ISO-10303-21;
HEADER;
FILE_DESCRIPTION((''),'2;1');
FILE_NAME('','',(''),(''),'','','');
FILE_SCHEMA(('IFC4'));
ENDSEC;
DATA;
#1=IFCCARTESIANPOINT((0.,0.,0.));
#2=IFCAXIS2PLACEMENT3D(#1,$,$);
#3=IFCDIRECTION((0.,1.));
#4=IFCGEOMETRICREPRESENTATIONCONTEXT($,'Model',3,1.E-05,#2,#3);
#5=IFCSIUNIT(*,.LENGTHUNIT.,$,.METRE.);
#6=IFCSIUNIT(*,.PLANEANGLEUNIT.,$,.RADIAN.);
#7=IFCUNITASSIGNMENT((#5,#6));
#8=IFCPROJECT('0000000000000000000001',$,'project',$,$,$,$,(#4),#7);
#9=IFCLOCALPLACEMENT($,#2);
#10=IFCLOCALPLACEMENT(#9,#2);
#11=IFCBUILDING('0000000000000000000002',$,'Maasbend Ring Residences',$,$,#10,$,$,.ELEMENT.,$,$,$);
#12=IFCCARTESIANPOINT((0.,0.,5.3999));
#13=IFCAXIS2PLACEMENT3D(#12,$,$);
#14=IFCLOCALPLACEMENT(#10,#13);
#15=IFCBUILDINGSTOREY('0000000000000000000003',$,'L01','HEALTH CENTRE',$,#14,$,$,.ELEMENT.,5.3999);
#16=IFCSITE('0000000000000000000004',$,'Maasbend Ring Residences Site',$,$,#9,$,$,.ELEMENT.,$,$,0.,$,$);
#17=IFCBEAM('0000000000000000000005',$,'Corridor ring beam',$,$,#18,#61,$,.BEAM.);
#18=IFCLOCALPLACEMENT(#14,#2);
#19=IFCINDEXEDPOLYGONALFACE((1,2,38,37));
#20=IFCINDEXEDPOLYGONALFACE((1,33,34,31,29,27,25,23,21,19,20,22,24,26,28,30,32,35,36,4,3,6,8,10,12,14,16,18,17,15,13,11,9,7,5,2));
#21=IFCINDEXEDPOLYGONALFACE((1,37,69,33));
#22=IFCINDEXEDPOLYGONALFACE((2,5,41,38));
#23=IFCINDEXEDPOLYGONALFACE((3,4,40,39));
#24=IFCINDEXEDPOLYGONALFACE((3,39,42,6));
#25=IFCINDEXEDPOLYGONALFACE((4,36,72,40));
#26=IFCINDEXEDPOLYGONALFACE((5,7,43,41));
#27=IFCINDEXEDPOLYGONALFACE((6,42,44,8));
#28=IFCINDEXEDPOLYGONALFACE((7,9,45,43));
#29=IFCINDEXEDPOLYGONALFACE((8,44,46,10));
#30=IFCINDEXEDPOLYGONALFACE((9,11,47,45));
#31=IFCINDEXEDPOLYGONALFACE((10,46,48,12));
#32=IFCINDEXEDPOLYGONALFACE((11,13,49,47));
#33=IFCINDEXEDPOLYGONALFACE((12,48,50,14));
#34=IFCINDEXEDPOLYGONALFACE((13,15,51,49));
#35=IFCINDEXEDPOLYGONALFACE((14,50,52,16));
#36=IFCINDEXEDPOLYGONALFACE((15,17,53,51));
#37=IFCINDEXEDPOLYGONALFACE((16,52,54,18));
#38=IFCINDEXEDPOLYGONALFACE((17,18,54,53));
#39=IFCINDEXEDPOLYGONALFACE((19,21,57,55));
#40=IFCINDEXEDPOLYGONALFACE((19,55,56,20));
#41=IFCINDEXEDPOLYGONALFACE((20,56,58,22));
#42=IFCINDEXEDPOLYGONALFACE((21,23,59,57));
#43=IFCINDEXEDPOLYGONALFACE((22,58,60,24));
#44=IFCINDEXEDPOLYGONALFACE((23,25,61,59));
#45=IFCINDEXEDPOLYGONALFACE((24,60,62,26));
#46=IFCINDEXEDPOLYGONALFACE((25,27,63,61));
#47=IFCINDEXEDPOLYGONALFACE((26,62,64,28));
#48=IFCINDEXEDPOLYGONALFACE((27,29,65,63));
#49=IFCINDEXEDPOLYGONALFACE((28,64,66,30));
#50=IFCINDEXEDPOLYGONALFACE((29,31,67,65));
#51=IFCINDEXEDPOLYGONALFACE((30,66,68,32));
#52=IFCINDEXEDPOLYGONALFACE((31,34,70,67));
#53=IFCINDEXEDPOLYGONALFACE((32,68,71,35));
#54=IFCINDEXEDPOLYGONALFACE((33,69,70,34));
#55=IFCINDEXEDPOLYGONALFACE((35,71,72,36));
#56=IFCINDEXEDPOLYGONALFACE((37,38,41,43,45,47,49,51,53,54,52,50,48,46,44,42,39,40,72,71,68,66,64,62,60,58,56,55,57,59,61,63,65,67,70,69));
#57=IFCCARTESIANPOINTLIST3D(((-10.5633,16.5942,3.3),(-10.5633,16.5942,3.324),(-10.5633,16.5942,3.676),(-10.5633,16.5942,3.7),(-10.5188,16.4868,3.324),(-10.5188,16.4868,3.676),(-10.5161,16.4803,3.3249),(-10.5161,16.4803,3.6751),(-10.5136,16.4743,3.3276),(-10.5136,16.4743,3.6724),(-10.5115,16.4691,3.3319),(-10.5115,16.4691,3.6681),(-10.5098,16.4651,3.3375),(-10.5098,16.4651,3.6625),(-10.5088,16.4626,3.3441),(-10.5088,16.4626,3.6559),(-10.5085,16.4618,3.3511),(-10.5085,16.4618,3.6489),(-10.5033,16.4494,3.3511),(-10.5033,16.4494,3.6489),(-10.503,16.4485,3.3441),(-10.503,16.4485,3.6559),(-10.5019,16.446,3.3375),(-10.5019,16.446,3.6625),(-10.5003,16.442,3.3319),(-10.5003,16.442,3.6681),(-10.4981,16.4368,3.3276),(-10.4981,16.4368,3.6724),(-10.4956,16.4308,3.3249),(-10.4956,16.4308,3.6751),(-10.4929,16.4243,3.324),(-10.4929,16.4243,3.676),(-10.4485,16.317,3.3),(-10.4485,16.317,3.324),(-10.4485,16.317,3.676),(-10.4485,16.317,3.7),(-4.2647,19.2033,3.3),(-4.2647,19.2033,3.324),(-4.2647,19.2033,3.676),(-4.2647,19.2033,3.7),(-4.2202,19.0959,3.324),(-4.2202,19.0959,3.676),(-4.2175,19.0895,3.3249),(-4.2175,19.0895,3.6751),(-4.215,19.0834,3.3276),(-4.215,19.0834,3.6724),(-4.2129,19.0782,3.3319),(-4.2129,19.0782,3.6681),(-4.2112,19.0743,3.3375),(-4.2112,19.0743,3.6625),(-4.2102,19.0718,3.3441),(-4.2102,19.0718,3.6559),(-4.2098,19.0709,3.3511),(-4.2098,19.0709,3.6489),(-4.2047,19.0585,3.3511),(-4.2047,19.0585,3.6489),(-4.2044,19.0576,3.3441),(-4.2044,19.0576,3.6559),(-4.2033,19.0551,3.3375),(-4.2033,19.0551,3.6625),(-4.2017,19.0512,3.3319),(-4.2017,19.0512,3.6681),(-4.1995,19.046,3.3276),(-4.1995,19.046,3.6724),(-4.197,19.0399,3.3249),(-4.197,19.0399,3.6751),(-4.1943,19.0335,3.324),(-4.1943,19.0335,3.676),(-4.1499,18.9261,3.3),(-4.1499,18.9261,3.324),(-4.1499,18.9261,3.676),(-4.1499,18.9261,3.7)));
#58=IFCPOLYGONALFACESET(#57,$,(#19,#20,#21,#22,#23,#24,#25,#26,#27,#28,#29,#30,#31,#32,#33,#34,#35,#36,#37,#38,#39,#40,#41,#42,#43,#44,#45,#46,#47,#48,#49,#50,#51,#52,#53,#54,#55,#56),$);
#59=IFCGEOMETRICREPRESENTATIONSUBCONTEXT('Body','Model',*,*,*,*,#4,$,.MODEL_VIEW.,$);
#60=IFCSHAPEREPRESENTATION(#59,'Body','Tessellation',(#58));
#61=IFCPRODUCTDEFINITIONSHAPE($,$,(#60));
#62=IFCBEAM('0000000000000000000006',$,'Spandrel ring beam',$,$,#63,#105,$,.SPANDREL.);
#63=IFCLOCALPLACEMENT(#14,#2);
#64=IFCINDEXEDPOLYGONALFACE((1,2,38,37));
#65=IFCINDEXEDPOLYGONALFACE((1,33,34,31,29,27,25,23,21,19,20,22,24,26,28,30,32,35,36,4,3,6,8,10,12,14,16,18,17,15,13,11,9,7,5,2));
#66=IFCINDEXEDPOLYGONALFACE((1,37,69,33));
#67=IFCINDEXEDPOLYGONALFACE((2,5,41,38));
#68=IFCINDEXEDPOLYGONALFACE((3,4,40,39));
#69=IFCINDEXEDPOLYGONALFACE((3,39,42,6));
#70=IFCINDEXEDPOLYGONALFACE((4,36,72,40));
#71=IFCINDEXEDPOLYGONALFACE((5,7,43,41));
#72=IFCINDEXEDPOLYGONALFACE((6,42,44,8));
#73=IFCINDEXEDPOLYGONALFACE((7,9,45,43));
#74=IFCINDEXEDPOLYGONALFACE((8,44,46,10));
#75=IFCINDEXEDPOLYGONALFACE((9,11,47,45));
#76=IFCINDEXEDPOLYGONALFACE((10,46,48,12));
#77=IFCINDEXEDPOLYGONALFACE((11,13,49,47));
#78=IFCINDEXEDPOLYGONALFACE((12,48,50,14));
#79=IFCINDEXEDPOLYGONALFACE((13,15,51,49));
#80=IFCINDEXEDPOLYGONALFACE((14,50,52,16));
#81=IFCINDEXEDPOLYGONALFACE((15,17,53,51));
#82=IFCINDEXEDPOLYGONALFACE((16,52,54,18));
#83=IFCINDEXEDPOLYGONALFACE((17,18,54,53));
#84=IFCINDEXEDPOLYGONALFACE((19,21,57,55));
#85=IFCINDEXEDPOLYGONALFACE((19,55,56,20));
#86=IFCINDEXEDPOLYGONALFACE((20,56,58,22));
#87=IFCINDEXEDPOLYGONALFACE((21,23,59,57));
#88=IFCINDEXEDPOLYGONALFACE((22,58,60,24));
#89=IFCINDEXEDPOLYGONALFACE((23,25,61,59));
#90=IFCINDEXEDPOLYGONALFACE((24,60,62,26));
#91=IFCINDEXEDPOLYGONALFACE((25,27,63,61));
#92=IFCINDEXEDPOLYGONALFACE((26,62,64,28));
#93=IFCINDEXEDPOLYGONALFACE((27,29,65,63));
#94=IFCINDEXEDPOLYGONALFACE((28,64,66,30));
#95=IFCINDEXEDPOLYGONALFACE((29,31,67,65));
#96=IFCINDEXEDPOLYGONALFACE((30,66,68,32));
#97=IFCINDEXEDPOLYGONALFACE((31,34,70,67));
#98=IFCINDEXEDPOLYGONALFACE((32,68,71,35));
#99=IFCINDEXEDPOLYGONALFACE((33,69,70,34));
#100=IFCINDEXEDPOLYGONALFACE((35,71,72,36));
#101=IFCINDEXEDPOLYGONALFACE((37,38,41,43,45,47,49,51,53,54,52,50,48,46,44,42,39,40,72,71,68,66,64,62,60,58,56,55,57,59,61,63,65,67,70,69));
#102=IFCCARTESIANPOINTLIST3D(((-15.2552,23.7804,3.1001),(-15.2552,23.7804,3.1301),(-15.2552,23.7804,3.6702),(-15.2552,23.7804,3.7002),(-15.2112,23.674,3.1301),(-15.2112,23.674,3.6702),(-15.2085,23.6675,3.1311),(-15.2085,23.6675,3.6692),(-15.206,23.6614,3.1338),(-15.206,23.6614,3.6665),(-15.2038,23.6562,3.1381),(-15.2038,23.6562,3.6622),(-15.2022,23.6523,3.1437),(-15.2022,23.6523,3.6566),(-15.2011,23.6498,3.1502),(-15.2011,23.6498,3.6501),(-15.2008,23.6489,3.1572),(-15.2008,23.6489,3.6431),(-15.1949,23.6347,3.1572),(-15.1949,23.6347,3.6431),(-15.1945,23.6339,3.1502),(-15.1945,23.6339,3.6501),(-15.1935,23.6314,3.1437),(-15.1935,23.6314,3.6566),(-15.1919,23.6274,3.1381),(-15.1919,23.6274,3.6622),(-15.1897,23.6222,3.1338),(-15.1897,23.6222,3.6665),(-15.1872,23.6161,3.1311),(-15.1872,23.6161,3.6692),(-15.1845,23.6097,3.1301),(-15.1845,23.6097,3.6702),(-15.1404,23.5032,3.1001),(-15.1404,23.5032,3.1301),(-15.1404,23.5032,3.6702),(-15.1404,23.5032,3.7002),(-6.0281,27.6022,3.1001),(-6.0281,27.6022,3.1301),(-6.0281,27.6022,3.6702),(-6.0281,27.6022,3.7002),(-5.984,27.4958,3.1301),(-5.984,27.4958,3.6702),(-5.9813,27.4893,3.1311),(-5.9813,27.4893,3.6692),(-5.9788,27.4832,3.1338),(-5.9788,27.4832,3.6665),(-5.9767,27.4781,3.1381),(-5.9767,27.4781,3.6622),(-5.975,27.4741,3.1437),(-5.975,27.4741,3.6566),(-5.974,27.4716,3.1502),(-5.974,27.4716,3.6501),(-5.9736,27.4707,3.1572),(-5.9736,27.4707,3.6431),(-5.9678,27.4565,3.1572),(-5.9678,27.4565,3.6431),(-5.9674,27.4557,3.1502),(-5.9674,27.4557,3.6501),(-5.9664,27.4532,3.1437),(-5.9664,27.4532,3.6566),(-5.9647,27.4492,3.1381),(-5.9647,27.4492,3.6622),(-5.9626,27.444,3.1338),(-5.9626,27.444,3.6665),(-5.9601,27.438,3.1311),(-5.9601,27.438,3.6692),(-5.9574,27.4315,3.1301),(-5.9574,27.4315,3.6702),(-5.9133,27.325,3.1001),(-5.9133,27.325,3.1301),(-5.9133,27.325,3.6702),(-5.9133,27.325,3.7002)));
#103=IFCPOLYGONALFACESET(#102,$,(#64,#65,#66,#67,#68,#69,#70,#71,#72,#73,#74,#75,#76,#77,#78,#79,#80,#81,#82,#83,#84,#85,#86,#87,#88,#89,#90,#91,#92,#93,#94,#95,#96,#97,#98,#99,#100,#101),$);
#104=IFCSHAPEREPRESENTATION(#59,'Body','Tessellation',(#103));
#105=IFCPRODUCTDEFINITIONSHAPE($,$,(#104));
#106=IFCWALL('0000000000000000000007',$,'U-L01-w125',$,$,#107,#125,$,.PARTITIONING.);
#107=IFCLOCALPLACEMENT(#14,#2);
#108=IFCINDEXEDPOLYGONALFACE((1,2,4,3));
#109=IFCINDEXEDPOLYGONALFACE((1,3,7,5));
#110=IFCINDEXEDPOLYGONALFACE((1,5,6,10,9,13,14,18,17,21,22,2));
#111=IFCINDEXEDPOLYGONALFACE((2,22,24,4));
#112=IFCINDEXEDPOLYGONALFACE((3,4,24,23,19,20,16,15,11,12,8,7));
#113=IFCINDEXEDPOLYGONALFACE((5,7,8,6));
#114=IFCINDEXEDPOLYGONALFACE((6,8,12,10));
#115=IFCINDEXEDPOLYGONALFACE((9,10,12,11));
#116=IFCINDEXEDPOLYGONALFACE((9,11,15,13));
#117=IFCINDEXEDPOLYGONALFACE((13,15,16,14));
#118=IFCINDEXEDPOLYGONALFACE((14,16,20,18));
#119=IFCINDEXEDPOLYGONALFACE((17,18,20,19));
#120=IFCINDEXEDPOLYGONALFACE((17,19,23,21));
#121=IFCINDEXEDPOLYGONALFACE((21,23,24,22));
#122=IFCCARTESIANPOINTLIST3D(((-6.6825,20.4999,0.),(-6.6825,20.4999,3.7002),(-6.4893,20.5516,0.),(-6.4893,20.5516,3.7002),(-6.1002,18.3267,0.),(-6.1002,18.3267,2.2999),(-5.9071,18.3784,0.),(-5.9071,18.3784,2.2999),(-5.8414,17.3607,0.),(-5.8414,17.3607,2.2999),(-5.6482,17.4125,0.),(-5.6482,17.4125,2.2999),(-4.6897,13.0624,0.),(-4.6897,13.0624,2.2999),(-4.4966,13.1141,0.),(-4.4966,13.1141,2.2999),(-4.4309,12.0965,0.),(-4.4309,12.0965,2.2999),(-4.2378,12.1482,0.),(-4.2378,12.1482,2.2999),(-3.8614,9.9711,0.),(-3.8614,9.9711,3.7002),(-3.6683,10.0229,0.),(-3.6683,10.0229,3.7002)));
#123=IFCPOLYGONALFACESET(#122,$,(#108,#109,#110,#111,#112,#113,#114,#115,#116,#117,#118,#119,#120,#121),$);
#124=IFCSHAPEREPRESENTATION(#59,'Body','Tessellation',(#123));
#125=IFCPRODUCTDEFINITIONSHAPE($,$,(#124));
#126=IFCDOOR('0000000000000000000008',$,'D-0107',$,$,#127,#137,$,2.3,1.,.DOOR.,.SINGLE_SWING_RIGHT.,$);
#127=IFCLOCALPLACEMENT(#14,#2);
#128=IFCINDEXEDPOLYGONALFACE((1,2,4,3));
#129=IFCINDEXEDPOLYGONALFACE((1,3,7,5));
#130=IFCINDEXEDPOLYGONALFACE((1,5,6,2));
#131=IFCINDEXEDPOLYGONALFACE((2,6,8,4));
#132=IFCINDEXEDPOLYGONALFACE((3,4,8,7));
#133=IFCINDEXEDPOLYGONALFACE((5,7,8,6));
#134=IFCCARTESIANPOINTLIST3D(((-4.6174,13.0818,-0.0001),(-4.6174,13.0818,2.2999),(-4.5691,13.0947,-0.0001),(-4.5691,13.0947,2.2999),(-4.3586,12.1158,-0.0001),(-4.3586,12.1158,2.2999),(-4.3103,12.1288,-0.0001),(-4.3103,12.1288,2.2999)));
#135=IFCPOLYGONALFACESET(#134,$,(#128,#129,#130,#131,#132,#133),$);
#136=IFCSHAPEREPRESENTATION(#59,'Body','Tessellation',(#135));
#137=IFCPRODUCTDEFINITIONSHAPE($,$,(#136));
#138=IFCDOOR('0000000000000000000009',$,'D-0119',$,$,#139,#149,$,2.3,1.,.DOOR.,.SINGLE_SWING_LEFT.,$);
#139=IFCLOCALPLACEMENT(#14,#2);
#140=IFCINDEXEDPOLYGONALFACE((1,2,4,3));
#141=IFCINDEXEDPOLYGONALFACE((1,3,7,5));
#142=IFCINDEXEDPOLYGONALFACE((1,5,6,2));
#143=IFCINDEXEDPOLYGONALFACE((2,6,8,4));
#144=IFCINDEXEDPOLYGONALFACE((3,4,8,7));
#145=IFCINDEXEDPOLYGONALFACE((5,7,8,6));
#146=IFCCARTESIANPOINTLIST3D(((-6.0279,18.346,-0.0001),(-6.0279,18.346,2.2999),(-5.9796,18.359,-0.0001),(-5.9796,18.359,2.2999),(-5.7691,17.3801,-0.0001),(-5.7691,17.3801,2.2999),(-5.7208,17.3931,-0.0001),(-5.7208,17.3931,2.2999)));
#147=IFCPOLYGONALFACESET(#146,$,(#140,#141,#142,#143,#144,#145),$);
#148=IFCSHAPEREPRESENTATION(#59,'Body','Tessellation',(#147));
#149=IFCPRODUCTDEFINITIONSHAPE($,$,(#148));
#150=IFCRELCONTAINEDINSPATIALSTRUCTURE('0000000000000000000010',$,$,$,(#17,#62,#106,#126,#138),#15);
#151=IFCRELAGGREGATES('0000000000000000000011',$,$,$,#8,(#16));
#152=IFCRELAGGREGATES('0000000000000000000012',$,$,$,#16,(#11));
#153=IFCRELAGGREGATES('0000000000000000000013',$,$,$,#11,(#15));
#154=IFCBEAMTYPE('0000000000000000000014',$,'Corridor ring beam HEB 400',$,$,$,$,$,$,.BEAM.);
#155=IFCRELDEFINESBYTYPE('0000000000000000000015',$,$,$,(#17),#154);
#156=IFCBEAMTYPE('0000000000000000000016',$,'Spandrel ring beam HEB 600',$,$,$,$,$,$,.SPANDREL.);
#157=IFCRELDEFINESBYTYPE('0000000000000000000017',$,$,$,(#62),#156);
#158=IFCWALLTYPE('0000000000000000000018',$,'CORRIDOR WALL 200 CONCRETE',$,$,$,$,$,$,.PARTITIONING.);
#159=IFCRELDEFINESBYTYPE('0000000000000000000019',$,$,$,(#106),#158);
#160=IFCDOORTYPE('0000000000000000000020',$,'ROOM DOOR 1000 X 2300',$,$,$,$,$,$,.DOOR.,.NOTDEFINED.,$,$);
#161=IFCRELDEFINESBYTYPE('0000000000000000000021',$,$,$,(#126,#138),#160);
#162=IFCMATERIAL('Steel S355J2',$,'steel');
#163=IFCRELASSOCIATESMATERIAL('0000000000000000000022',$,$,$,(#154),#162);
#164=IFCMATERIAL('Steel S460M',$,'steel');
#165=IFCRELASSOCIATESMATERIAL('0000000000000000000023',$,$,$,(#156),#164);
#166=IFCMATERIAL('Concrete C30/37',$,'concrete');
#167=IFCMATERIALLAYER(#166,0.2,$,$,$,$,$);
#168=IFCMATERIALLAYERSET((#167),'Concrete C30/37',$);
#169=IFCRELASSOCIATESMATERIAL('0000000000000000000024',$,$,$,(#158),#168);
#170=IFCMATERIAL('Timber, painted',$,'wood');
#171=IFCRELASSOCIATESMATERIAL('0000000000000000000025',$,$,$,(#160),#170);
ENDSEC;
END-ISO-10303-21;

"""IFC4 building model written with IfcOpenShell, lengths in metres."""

from ifc_helpers import new_model, si_unit, direction, frame, frame_2d, origin, origin_2d, place, context, subcontext, project, spatial, rectangle, i_section, extrude, material, layer, layer_set, material_profile, profile_set, type_object, element, fill, save


model = new_model("IFC4")

# Units and contexts
model_context = context("Model", 3, precision=1e-05, world=origin(), true_north=direction((0.0, 1.0)))
body_context = subcontext(model_context, "Body", "Model", "MODEL_VIEW")
ifc_project = project(units=[si_unit("LENGTHUNIT", "METRE"), si_unit("PLANEANGLEUNIT", "RADIAN")], contexts=[model_context])

# Site, building, storey
site_placement = place(None, origin())
site = spatial("IfcSite", under=ifc_project, at=site_placement, Name="Maasbend Ring Residences Site", CompositionType="ELEMENT", RefElevation=0.0)
building_placement = place(site_placement, origin())
building = spatial("IfcBuilding", under=site, at=building_placement, Name="Maasbend Ring Residences", CompositionType="ELEMENT")
storey_placement = place(building_placement, frame((0.0, 0.0, 5.3999)))
storey = spatial("IfcBuildingStorey", under=building, at=storey_placement, Name="L01", Description="HEALTH CENTRE", CompositionType="ELEMENT", Elevation=5.3999)

# Beams
ifc_material_1 = material(Name="Steel S355J2", Category="steel")
ifc_material_profile_1 = material_profile(ifc_material_1, i_section(OverallWidth=0.3, OverallDepth=0.3999, WebThickness=0.0134, FlangeThickness=0.0239, FilletRadius=0.0271, at=origin_2d()), Name="HEB 400")
ifc_profile_set_1 = profile_set([ifc_material_profile_1], Name="Steel S355J2")
beam_type_1 = type_object("IfcBeamType", Name="Corridor ring beam HEB 400", PredefinedType="BEAM", material=ifc_profile_set_1)
beam_1_placement = place(storey_placement, frame((-4.2073, 19.0647, 3.5), z_axis=(-0.923871, -0.382705, 0.0), x_axis=(0.382705, -0.923871, 0.0)))
element("IfcBeam", 1, at=beam_1_placement, inside=storey, type_object=beam_type_1, Name="Corridor ring beam", PredefinedType="BEAM", context=body_context, shape_type="SweptSolid", body=[
    extrude(i_section(OverallWidth=0.3, OverallDepth=0.3999, WebThickness=0.0134, FlangeThickness=0.0239, FilletRadius=0.0271, at=origin_2d()), origin(), (0.0, 0.0, 1.0), 6.8176),
])
ifc_material_2 = material(Name="Steel S460M", Category="steel")
ifc_material_profile_2 = material_profile(ifc_material_2, i_section(OverallWidth=0.3, OverallDepth=0.6001, WebThickness=0.0154, FlangeThickness=0.03, FilletRadius=0.0271, at=origin_2d()), Name="HEB 600")
ifc_profile_set_2 = profile_set([ifc_material_profile_2], Name="Steel S460M")
beam_type_2 = type_object("IfcBeamType", Name="Spandrel ring beam HEB 600", PredefinedType="SPANDREL", material=ifc_profile_set_2)
beam_2_placement = place(storey_placement, frame((-5.9707, 27.4636, 3.4001), z_axis=(-0.923886, -0.382667, 0.0), x_axis=(0.382667, -0.923886, 0.0)))
element("IfcBeam", 2, at=beam_2_placement, inside=storey, type_object=beam_type_2, Name="Spandrel ring beam", PredefinedType="SPANDREL", context=body_context, shape_type="SweptSolid", body=[
    extrude(i_section(OverallWidth=0.3, OverallDepth=0.6001, WebThickness=0.0154, FlangeThickness=0.03, FilletRadius=0.0271, at=origin_2d()), origin(), (0.0, 0.0, 1.0), 9.9873),
])

# Wall, openings, doors
ifc_material_3 = material(Name="Concrete C30/37", Category="concrete")
ifc_layer_1 = layer(ifc_material_3, 0.2)
ifc_layer_set_1 = layer_set([ifc_layer_1], Name="Concrete C30/37")
wall_type_1 = type_object("IfcWallType", Name="CORRIDOR WALL 200 CONCRETE", PredefinedType="PARTITIONING", material=ifc_layer_set_1)
wall_1_placement = place(storey_placement, frame((-6.5859, 20.5259, 0.0), z_axis=(0.0, 0.0, 1.0), x_axis=(0.258807, -0.965929, 0.0)))
wall_1 = element("IfcWall", 3, at=wall_1_placement, inside=storey, type_object=wall_type_1, Name="U-L01-w125", PredefinedType="PARTITIONING", context=body_context, shape_type="SweptSolid", body=[
    extrude(rectangle(XDim=10.9001, YDim=0.2, at=frame_2d((5.4502, 0.0))), origin(), (0.0, 0.0, 1.0), 3.7002),
])
opening_1_placement = place(wall_1_placement, frame((7.7, 0.0, 0.0)))
opening_1 = element("IfcOpeningElement", 4, at=opening_1_placement, cuts=wall_1, PredefinedType="OPENING", context=body_context, shape_type="SweptSolid", body=[
    extrude(rectangle(XDim=1.0, YDim=2.3, at=frame_2d((0.5, 1.1499))), frame((0.0, 0.1099, 0.0), z_axis=(0.0, -1.0, 0.0), x_axis=(1.0, 0.0, 0.0)), (0.0, 0.0, 1.0), 0.22),
])
opening_2_placement = place(wall_1_placement, frame((2.25, 0.0, 0.0)))
opening_2 = element("IfcOpeningElement", 5, at=opening_2_placement, cuts=wall_1, PredefinedType="OPENING", context=body_context, shape_type="SweptSolid", body=[
    extrude(rectangle(XDim=1.0, YDim=2.3, at=frame_2d((0.5, 1.1499))), frame((0.0, 0.1099, 0.0), z_axis=(0.0, -1.0, 0.0), x_axis=(1.0, 0.0, 0.0)), (0.0, 0.0, 1.0), 0.22),
])
ifc_material_4 = material(Name="Timber, painted", Category="wood")
door_type_1 = type_object("IfcDoorType", Name="ROOM DOOR 1000 X 2300", OperationType="NOTDEFINED", PredefinedType="DOOR", material=ifc_material_4)
door_1_placement = place(opening_1_placement, origin())
door_1 = element("IfcDoor", 6, at=door_1_placement, inside=storey, type_object=door_type_1, Name="D-0107", OperationType="SINGLE_SWING_RIGHT", OverallHeight=2.3, OverallWidth=1.0, PredefinedType="DOOR", context=body_context, shape_type="SweptSolid", body=[
    extrude(rectangle(XDim=1.0, YDim=2.3, at=frame_2d((0.5, 1.1499))), frame((0.0, 0.0249, 0.0), z_axis=(0.0, -1.0, 0.0), x_axis=(1.0, 0.0, 0.0)), (0.0, 0.0, 1.0), 0.05),
])
fill(opening_1, door_1)
door_2_placement = place(opening_2_placement, origin())
door_2 = element("IfcDoor", 7, at=door_2_placement, inside=storey, type_object=door_type_1, Name="D-0119", OperationType="SINGLE_SWING_LEFT", OverallHeight=2.3, OverallWidth=1.0, PredefinedType="DOOR", context=body_context, shape_type="SweptSolid", body=[
    extrude(rectangle(XDim=1.0, YDim=2.3, at=frame_2d((0.5, 1.1499))), frame((0.0, 0.0249, 0.0), z_axis=(0.0, -1.0, 0.0), x_axis=(1.0, 0.0, 0.0)), (0.0, 0.0, 1.0), 0.05),
])
fill(opening_2, door_2)

save(model, "model.ifc")
